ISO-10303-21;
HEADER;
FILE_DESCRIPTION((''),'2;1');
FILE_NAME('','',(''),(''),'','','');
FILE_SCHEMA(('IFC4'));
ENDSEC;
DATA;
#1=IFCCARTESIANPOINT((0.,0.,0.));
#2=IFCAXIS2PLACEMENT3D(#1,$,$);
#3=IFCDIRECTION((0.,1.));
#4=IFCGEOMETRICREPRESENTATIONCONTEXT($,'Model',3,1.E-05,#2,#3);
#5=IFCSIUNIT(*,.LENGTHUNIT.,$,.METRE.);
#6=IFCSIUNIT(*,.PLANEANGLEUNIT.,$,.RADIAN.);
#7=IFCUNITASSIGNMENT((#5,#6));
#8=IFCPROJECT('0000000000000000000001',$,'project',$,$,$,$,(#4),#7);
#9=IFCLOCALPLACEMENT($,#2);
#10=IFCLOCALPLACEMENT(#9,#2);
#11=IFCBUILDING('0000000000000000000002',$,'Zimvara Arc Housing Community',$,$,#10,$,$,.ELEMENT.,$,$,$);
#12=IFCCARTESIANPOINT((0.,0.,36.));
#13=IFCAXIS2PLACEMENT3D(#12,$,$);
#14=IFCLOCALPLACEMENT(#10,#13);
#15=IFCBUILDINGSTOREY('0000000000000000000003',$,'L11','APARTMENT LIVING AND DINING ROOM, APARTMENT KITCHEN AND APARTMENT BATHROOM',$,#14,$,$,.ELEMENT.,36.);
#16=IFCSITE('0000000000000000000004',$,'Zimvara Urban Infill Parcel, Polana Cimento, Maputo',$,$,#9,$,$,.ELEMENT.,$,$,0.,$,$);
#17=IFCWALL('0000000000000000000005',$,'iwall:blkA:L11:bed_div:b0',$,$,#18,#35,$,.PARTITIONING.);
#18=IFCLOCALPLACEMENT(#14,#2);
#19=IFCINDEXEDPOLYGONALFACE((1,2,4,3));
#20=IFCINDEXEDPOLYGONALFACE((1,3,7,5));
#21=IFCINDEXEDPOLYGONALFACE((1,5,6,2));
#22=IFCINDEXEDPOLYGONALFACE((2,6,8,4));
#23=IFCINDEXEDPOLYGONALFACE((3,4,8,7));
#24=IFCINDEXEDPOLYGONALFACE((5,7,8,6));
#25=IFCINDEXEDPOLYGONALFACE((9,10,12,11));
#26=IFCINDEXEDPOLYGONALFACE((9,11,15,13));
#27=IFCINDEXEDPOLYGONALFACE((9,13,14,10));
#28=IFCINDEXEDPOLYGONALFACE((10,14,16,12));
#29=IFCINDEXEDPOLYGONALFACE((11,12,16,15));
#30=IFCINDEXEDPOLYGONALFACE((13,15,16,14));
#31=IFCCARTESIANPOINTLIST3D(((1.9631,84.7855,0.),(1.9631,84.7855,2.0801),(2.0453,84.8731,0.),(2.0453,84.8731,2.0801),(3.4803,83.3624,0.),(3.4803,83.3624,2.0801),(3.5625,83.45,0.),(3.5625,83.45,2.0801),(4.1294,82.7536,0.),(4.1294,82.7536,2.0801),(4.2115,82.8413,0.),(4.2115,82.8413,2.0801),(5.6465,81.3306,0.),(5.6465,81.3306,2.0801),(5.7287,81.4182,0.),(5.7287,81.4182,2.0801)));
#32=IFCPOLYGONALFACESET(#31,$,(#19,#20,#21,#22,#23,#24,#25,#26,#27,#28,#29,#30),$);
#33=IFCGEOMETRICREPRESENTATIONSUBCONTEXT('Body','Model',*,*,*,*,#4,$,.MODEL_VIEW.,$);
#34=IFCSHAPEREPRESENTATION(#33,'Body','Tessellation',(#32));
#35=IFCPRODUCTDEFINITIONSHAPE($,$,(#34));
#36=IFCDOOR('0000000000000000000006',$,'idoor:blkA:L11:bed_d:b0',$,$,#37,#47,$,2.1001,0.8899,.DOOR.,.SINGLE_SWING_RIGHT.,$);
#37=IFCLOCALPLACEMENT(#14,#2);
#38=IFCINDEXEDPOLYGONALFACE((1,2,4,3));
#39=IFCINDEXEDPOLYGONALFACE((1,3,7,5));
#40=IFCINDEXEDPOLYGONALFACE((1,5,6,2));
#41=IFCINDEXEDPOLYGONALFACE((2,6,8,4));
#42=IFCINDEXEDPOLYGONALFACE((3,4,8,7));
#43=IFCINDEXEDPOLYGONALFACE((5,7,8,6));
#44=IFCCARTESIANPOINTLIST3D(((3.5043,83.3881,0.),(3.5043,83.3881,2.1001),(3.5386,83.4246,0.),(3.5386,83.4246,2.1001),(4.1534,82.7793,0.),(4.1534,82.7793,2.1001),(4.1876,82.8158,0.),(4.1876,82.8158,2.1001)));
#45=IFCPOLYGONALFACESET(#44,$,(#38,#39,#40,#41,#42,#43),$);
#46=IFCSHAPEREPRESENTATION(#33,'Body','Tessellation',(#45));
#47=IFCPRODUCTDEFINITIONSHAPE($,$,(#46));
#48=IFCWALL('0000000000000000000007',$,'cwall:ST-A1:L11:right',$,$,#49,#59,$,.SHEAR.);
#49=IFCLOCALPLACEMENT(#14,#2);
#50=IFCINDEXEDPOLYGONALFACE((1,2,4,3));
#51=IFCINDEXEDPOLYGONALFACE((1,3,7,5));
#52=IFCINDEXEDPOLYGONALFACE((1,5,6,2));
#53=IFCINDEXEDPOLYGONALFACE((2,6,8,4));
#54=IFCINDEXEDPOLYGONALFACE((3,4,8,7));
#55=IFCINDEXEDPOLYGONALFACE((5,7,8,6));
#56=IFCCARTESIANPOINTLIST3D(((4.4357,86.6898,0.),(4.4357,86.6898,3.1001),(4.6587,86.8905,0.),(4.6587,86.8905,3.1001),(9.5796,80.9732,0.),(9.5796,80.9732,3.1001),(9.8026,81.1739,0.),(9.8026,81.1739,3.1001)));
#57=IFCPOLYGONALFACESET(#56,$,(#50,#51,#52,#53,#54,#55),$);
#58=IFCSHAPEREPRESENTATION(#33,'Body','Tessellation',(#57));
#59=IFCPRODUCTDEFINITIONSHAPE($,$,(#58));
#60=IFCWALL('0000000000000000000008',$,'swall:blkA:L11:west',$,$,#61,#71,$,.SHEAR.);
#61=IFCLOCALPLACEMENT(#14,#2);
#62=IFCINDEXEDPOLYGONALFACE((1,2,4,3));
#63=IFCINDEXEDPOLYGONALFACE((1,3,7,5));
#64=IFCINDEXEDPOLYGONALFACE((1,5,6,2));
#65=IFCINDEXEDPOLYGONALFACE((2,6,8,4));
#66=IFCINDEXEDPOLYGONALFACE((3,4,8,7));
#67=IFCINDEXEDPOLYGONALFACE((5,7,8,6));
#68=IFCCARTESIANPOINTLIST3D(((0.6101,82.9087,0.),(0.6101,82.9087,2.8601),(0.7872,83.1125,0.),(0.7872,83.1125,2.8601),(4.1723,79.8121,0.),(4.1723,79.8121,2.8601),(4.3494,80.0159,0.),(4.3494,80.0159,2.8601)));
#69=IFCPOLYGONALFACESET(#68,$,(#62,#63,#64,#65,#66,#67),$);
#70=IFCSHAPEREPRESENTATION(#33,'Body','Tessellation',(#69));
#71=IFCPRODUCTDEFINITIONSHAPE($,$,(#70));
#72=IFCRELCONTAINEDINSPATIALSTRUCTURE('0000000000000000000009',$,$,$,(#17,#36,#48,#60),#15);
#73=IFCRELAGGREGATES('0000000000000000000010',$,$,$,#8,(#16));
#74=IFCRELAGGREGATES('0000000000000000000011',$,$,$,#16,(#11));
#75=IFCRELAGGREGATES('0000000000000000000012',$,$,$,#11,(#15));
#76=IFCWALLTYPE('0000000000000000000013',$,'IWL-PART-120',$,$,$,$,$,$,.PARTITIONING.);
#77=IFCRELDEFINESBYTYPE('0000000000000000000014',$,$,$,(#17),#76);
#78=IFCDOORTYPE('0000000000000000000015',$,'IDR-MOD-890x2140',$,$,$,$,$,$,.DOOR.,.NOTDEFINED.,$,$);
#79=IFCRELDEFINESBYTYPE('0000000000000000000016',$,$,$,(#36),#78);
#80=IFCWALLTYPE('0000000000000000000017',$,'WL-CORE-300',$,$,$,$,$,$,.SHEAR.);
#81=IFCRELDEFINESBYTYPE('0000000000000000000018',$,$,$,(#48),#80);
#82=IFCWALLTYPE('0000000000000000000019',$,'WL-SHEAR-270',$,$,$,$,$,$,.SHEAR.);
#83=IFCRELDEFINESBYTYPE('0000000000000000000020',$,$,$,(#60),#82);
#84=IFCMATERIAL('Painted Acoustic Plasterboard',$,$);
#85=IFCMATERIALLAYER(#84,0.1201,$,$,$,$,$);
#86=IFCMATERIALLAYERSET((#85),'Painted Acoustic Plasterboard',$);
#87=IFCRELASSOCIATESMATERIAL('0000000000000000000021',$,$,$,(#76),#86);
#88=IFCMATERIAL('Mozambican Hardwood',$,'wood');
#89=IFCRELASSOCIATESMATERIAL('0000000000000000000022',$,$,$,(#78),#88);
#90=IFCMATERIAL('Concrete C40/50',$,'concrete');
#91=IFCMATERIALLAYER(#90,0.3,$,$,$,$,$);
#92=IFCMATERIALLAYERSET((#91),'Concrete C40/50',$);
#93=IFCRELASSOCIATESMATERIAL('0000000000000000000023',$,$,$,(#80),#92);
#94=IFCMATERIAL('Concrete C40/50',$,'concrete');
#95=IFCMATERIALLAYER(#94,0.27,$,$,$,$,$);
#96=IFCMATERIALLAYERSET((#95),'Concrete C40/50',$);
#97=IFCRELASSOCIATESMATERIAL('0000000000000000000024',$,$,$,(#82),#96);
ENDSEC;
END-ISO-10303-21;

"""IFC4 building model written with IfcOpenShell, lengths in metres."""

from ifc_helpers import new_model, si_unit, direction, frame, frame_2d, origin, place, context, subcontext, project, spatial, rectangle, extrude, material, layer, layer_set, type_object, element, fill, save


model = new_model("IFC4")

# Units and contexts
model_context = context("Model", 3, precision=1e-05, world=origin(), true_north=direction((0.0, 1.0)))
body_context = subcontext(model_context, "Body", "Model", "MODEL_VIEW")
ifc_project = project(units=[si_unit("LENGTHUNIT", "METRE"), si_unit("PLANEANGLEUNIT", "RADIAN")], contexts=[model_context])

# Site, building, storey
site_placement = place(None, origin())
site = spatial("IfcSite", under=ifc_project, at=site_placement, Name="Zimvara Urban Infill Parcel, Polana Cimento, Maputo", CompositionType="ELEMENT", RefElevation=0.0)
building_placement = place(site_placement, origin())
building = spatial("IfcBuilding", under=site, at=building_placement, Name="Zimvara Arc Housing Community", CompositionType="ELEMENT")
storey_placement = place(building_placement, frame((0.0, 0.0, 36.0)))
storey = spatial("IfcBuildingStorey", under=building, at=storey_placement, Name="L11", Description="APARTMENT LIVING AND DINING ROOM, APARTMENT KITCHEN AND APARTMENT BATHROOM", CompositionType="ELEMENT", Elevation=36.0)

# Wall, opening, door
ifc_material_1 = material(Name="Painted Acoustic Plasterboard")
ifc_layer_1 = layer(ifc_material_1, 0.1201)
ifc_layer_set_1 = layer_set([ifc_layer_1], Name="Painted Acoustic Plasterboard")
wall_type_1 = type_object("IfcWallType", Name="IWL-PART-120", PredefinedType="PARTITIONING", material=ifc_layer_set_1)
wall_1_placement = place(storey_placement, frame((5.6875, 81.3745, 0.0), z_axis=(0.0, 0.0, 1.0), x_axis=(-0.72937, 0.68412, 0.0)))
wall_1 = element("IfcWall", 1, at=wall_1_placement, inside=storey, type_object=wall_type_1, Name="iwall:blkA:L11:bed_div:b0", PredefinedType="PARTITIONING", context=body_context, shape_type="SweptSolid", body=[
    extrude(rectangle(XDim=5.05, YDim=0.1201, at=frame_2d((2.5249, 0.0))), origin(), (0.0, 0.0, 1.0), 2.0801),
])
opening_1_placement = place(wall_1_placement, frame((2.0801, 0.0, 0.0)))
opening_1 = element("IfcOpeningElement", 2, at=opening_1_placement, cuts=wall_1, PredefinedType="OPENING", context=body_context, shape_type="SweptSolid", body=[
    extrude(rectangle(XDim=0.8899, YDim=2.1001, at=frame_2d((0.4448, 1.05))), frame((0.0, 0.0701, 0.0), z_axis=(0.0, -1.0, 0.0), x_axis=(1.0, 0.0, 0.0)), (0.0, 0.0, 1.0), 0.1401),
])
ifc_material_2 = material(Name="Mozambican Hardwood", Category="wood")
door_type_1 = type_object("IfcDoorType", Name="IDR-MOD-890x2140", OperationType="NOTDEFINED", PredefinedType="DOOR", material=ifc_material_2)
door_1_placement = place(opening_1_placement, origin())
door_1 = element("IfcDoor", 3, at=door_1_placement, inside=storey, type_object=door_type_1, Name="idoor:blkA:L11:bed_d:b0", OperationType="SINGLE_SWING_RIGHT", OverallHeight=2.1001, OverallWidth=0.8899, PredefinedType="DOOR", context=body_context, shape_type="SweptSolid", body=[
    extrude(rectangle(XDim=0.8899, YDim=2.1001, at=frame_2d((0.4448, 1.05))), frame((0.0, 0.0249, 0.0), z_axis=(0.0, -1.0, 0.0), x_axis=(1.0, 0.0, 0.0)), (0.0, 0.0, 1.0), 0.05),
])
fill(opening_1, door_1)

# Walls
ifc_material_3 = material(Name="Concrete C40/50", Category="concrete")
ifc_layer_2 = layer(ifc_material_3, 0.3)
ifc_layer_set_2 = layer_set([ifc_layer_2], Name="Concrete C40/50")
wall_type_2 = type_object("IfcWallType", Name="WL-CORE-300", PredefinedType="SHEAR", material=ifc_layer_set_2)
wall_2_placement = place(storey_placement, frame((9.6912, 81.0735, 0.0), z_axis=(0.0, 0.0, 1.0), x_axis=(-0.668886, 0.743365, 0.0)))
element("IfcWall", 4, at=wall_2_placement, inside=storey, type_object=wall_type_2, Name="cwall:ST-A1:L11:right", PredefinedType="SHEAR", context=body_context, shape_type="SweptSolid", body=[
    extrude(rectangle(XDim=7.6902, YDim=0.3, at=frame_2d((3.8452, 0.0))), origin(), (0.0, 0.0, 1.0), 3.1001),
])
ifc_material_4 = material(Name="Concrete C40/50", Category="concrete")
ifc_layer_3 = layer(ifc_material_4, 0.27)
ifc_layer_set_3 = layer_set([ifc_layer_3], Name="Concrete C40/50")
wall_type_3 = type_object("IfcWallType", Name="WL-SHEAR-270", PredefinedType="SHEAR", material=ifc_layer_set_3)
wall_3_placement = place(storey_placement, frame((4.2607, 79.9141, 0.0), z_axis=(0.0, 0.0, 1.0), x_axis=(-0.754704, 0.656066, 0.0)))
element("IfcWall", 5, at=wall_3_placement, inside=storey, type_object=wall_type_3, Name="swall:blkA:L11:west", PredefinedType="SHEAR", context=body_context, shape_type="SweptSolid", body=[
    extrude(rectangle(XDim=4.72, YDim=0.27, at=frame_2d((2.3599, 0.0))), origin(), (0.0, 0.0, 1.0), 2.8601),
])

save(model, "model.ifc")
